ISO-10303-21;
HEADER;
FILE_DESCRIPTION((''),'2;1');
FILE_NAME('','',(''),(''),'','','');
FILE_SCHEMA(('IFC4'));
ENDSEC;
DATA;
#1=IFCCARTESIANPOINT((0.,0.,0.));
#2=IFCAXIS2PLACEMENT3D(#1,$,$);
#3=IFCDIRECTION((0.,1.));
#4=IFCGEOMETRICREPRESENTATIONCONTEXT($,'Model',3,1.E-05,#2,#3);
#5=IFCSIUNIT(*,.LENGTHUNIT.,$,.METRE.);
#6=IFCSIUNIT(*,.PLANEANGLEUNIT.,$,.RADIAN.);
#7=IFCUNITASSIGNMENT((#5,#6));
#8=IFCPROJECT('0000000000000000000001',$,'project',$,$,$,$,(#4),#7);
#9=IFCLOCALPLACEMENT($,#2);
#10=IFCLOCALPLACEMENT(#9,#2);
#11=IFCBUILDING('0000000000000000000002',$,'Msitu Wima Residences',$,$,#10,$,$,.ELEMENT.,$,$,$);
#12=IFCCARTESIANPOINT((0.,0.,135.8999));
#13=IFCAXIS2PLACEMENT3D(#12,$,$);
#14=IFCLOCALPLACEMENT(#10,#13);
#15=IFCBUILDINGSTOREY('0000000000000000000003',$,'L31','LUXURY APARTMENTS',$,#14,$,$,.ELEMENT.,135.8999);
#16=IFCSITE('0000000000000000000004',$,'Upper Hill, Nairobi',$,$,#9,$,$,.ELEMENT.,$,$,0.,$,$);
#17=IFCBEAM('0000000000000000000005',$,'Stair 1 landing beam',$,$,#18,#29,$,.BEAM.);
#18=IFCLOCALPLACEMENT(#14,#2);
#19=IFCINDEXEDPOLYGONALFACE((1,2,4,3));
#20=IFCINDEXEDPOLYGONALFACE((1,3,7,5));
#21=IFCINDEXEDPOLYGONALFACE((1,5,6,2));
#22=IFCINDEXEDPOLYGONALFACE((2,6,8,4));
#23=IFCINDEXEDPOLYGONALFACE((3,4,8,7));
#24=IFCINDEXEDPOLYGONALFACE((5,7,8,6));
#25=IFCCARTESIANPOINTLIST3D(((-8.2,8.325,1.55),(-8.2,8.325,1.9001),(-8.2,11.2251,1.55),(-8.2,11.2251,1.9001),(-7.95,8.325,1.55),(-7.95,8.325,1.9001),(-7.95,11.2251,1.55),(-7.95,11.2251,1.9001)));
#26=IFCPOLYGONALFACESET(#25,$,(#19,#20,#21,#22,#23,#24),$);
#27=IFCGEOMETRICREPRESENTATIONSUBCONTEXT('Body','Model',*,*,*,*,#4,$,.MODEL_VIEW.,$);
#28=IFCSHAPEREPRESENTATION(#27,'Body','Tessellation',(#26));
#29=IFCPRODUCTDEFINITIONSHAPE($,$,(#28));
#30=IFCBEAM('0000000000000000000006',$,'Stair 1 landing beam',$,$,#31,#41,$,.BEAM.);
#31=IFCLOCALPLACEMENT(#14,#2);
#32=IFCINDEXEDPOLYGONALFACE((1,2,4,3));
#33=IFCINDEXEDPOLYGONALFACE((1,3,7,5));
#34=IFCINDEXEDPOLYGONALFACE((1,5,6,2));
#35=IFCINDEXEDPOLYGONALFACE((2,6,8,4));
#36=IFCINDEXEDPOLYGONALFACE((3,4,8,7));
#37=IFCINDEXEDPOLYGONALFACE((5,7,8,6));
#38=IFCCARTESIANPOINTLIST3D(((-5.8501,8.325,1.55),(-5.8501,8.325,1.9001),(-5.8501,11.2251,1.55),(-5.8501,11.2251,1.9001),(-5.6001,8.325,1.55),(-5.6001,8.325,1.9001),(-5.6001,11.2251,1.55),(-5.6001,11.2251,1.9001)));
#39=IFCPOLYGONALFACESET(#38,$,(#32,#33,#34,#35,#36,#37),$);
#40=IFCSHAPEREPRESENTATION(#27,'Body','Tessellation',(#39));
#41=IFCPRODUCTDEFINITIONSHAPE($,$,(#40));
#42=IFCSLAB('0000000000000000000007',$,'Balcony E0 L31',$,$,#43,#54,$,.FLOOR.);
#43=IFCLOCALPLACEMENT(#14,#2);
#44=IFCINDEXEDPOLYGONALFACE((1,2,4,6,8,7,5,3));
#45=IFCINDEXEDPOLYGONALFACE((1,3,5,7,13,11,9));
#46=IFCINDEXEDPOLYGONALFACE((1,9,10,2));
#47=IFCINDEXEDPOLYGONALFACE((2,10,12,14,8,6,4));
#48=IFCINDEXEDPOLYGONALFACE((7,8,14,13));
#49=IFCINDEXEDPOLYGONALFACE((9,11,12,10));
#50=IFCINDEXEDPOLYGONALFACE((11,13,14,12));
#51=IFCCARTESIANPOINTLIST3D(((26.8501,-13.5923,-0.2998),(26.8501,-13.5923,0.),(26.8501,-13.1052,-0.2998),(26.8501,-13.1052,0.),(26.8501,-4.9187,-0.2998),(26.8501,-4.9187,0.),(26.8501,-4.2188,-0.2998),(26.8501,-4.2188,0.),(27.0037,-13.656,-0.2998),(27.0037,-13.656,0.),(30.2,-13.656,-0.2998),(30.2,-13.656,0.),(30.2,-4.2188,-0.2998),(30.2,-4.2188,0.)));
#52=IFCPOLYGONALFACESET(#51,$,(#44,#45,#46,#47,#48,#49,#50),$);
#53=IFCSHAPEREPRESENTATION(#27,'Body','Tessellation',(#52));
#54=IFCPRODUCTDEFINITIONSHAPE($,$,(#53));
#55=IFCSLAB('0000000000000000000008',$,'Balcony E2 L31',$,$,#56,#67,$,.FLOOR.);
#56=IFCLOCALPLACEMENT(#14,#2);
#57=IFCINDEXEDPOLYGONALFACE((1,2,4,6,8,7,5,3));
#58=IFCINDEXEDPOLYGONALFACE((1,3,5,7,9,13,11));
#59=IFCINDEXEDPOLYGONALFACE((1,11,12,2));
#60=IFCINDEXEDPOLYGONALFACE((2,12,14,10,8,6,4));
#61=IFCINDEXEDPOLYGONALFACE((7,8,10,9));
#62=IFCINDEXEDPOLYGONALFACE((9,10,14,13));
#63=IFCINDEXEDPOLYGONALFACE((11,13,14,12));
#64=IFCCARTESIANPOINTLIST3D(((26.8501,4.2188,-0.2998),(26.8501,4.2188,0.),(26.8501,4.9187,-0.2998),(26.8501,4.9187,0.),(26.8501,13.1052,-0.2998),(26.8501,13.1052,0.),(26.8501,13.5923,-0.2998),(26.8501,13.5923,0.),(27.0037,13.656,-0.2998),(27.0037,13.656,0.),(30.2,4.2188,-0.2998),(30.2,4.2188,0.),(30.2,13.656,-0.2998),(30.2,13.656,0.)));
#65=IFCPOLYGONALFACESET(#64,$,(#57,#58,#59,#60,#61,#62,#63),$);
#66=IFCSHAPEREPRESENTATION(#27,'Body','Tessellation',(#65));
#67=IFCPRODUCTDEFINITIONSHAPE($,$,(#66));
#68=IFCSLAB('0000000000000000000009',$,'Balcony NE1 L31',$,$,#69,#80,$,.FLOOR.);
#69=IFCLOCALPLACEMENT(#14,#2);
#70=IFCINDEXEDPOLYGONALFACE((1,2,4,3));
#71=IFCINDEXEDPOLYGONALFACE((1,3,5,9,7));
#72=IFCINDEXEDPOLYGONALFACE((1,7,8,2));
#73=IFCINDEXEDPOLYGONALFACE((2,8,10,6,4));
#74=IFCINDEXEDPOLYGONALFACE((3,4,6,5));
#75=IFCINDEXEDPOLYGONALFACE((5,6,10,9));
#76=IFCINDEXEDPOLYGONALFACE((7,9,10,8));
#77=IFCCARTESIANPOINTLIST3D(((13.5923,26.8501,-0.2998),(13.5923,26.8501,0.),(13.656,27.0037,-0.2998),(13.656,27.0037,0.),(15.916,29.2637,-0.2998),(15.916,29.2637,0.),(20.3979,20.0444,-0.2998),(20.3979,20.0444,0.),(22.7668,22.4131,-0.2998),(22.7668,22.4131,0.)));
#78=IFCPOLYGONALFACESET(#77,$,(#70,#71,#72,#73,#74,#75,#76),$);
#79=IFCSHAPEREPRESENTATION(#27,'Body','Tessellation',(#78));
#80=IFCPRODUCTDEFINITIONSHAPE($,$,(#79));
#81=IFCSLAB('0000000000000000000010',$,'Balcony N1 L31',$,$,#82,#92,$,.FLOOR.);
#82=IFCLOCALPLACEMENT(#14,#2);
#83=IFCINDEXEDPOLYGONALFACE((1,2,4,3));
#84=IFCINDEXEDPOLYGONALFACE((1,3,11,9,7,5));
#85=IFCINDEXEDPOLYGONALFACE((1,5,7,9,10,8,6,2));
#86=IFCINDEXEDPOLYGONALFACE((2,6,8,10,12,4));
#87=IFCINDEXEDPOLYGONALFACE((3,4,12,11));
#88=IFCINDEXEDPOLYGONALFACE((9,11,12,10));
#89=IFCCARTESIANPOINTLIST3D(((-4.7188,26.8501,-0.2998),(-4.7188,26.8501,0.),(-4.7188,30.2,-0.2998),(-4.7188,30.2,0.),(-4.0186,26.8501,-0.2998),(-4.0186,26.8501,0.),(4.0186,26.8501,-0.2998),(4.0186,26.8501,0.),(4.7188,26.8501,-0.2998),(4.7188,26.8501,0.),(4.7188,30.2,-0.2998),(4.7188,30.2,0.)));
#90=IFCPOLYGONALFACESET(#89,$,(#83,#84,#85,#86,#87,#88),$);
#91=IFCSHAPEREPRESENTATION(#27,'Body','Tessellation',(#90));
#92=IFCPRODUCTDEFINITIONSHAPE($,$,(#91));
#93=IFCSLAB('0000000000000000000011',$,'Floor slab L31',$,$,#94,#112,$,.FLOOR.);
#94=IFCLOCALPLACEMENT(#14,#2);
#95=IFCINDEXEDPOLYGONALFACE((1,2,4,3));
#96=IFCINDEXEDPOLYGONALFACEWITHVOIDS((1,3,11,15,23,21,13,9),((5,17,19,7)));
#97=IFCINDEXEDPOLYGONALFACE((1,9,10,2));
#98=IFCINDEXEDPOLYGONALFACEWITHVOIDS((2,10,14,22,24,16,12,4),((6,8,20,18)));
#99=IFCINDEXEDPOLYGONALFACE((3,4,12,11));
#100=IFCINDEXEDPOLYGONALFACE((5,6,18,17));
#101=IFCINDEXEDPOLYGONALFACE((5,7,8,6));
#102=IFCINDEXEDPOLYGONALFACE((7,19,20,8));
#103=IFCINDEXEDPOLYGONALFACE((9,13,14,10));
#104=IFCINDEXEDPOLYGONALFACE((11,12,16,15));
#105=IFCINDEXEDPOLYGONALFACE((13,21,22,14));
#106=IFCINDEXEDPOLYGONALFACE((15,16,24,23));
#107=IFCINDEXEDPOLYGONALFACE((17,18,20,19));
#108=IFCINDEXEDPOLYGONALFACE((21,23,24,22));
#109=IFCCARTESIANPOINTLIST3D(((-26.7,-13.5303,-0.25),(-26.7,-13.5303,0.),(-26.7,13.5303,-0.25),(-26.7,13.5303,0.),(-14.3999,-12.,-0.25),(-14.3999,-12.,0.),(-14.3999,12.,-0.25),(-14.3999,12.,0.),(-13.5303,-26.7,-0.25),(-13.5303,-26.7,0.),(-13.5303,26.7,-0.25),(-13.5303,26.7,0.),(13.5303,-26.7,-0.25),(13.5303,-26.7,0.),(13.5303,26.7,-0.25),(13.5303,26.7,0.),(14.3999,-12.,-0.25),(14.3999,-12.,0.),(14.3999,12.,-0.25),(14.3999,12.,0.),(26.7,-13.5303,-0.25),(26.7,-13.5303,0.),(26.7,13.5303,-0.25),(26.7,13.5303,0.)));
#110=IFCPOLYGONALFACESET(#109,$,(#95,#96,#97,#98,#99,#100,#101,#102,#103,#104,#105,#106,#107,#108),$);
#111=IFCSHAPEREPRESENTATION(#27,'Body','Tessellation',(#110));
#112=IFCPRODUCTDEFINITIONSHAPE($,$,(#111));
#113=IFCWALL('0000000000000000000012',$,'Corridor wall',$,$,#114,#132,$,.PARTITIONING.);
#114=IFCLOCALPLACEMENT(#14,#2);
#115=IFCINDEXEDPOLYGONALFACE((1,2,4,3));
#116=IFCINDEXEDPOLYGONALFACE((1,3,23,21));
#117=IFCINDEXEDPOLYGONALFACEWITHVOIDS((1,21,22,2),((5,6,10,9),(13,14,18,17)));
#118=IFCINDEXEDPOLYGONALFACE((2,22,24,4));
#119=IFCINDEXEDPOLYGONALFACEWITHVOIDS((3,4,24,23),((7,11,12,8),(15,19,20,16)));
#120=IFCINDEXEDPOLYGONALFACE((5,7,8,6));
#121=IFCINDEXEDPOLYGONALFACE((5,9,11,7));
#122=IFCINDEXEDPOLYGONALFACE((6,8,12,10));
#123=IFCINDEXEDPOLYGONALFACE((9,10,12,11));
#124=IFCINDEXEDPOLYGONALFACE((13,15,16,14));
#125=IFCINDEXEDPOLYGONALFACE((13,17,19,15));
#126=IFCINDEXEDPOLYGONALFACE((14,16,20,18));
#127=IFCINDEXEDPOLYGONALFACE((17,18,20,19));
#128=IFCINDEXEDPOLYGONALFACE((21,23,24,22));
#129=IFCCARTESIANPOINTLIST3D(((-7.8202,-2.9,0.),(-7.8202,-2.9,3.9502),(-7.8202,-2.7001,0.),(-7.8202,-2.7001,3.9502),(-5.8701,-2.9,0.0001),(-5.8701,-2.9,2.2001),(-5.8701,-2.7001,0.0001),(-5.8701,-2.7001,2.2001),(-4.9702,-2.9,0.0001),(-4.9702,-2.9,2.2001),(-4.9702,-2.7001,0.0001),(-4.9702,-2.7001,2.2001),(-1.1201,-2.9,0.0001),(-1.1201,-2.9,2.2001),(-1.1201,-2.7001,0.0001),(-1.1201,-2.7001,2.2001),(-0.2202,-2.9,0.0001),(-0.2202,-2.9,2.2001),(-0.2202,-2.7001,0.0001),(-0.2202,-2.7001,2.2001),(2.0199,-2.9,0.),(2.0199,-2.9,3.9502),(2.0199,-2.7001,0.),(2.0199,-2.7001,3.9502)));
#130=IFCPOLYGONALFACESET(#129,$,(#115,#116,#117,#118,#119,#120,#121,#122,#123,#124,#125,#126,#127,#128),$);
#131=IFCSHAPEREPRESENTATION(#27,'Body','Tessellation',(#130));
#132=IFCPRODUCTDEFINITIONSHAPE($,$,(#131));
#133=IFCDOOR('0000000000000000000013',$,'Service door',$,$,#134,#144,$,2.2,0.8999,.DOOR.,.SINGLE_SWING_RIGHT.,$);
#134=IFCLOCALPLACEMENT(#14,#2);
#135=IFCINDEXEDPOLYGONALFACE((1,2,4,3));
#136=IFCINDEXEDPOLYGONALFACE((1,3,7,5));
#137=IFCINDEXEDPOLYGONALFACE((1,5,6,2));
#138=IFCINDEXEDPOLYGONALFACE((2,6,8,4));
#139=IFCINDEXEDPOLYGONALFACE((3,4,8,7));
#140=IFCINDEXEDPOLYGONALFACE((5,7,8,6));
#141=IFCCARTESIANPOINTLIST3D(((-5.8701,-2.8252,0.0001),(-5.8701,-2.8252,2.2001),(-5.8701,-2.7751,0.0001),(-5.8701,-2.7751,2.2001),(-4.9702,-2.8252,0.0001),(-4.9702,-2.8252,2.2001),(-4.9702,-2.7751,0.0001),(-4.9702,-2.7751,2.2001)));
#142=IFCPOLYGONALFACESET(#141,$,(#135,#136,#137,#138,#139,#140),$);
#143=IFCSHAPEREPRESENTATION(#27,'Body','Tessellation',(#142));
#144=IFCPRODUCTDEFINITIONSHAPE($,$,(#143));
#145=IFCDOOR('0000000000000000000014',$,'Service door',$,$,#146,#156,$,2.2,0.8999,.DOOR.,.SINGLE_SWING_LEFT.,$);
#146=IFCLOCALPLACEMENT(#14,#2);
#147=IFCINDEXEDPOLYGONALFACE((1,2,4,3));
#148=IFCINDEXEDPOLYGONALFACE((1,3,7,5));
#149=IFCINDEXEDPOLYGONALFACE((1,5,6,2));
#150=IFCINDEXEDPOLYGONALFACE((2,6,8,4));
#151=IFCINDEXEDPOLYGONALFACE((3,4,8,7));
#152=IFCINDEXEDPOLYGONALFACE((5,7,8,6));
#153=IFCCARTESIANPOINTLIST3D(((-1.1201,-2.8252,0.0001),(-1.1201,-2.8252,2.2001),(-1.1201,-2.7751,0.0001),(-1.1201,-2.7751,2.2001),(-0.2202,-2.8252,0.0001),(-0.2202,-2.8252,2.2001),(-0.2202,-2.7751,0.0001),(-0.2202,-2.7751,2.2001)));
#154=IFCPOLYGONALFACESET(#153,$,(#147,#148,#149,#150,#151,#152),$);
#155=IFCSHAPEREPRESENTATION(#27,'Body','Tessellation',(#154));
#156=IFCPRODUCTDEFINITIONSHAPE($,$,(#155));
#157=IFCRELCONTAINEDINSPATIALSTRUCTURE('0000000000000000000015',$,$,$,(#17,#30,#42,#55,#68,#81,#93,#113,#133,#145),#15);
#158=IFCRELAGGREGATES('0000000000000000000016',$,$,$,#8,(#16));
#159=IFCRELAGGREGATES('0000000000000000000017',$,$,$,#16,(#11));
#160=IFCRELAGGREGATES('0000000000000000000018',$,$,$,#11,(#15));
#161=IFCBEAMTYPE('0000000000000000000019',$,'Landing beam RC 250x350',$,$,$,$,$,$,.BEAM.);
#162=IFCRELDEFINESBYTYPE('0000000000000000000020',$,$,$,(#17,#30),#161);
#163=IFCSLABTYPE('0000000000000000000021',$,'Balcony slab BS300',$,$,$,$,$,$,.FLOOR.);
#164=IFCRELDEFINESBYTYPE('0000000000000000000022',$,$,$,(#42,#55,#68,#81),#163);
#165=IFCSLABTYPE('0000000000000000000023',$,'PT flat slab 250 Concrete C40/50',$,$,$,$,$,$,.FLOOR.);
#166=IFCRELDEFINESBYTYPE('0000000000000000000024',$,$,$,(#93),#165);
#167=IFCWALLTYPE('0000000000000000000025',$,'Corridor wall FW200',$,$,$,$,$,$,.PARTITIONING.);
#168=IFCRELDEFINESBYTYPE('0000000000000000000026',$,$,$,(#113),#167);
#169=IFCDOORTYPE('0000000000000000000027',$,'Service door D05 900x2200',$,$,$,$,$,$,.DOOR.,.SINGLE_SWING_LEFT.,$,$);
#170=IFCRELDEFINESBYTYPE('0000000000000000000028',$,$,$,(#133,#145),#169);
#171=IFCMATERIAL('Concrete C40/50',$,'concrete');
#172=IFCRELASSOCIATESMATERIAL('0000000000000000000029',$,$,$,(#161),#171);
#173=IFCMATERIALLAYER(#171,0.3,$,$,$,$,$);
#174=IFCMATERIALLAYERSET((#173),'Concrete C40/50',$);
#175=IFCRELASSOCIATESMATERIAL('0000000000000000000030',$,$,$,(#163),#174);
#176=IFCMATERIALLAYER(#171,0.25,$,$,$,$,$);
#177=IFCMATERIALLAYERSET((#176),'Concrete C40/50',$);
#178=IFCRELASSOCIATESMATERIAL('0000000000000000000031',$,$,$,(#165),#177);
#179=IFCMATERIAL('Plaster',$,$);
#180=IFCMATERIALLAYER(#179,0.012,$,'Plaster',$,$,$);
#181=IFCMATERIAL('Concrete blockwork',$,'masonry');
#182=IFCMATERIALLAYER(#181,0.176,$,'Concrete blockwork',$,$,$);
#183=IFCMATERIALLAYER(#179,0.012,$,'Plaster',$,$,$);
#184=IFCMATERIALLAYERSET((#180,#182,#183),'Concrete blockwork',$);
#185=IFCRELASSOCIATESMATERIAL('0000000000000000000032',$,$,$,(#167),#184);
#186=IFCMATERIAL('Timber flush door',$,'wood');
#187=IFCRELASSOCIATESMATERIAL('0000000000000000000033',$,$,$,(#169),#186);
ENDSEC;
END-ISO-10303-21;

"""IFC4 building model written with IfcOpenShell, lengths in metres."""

from ifc_helpers import new_model, si_unit, direction, frame, frame_2d, origin, origin_2d, place, context, subcontext, project, spatial, polyline, rectangle, outline, extrude, material, layer, layer_set, material_profile, profile_set, type_object, element, fill, save


model = new_model("IFC4")

# Units and contexts
model_context = context("Model", 3, precision=1e-05, world=origin(), true_north=direction((0.0, 1.0)))
body_context = subcontext(model_context, "Body", "Model", "MODEL_VIEW")
ifc_project = project(units=[si_unit("LENGTHUNIT", "METRE"), si_unit("PLANEANGLEUNIT", "RADIAN")], contexts=[model_context])

# Site, building, storey
site_placement = place(None, origin())
site = spatial("IfcSite", under=ifc_project, at=site_placement, Name="Upper Hill, Nairobi", CompositionType="ELEMENT", RefElevation=0.0)
building_placement = place(site_placement, origin())
building = spatial("IfcBuilding", under=site, at=building_placement, Name="Msitu Wima Residences", CompositionType="ELEMENT")
storey_placement = place(building_placement, frame((0.0, 0.0, 135.8999)))
storey = spatial("IfcBuildingStorey", under=building, at=storey_placement, Name="L31", Description="LUXURY APARTMENTS", CompositionType="ELEMENT", Elevation=135.8999)

# Beams
ifc_material_1 = material(Name="Concrete C40/50", Category="concrete")
ifc_material_profile = material_profile(ifc_material_1, rectangle(XDim=0.25, YDim=0.3501, at=origin_2d()), Name="RC 250x350")
ifc_profile_set = profile_set([ifc_material_profile], Name="Concrete C40/50")
beam_type = type_object("IfcBeamType", Name="Landing beam RC 250x350", PredefinedType="BEAM", material=ifc_profile_set)
for number, where, z_axis, x_axis, name in (
    (1, (-8.075, 8.325, 1.7251), (0.0, 1.0, 0.0), (-1.0, 0.0, 0.0), "Stair 1 landing beam"),
    (2, (-5.7251, 8.325, 1.7251), (0.0, 1.0, 0.0), (-1.0, 0.0, 0.0), "Stair 1 landing beam"),
):
    element("IfcBeam", number, at=place(storey_placement, frame(where, z_axis=z_axis, x_axis=x_axis)), inside=storey, type_object=beam_type, Name=name, PredefinedType="BEAM", context=body_context, shape_type="SweptSolid", body=[
        extrude(rectangle(XDim=0.25, YDim=0.3501, at=origin_2d()), origin(), (0.0, 0.0, 1.0), 2.9001),
    ])

# Slabs
ifc_layer_1 = layer(ifc_material_1, 0.3)
ifc_layer_set_1 = layer_set([ifc_layer_1], Name="Concrete C40/50")
slab_type_1 = type_object("IfcSlabType", Name="Balcony slab BS300", PredefinedType="FLOOR", material=ifc_layer_set_1)
slab_1_placement = place(storey_placement, frame((0.0, 0.0, -0.2998)))
element("IfcSlab", 3, at=slab_1_placement, inside=storey, type_object=slab_type_1, Name="Balcony E0 L31", PredefinedType="FLOOR", context=body_context, shape_type="SweptSolid", body=[
    extrude(outline(polyline([(26.8501, -13.1052), (26.8501, -13.1052), (26.8501, -4.9187), (26.8501, -4.9187), (26.8501, -4.2188), (30.2, -4.2188), (30.2, -13.656), (27.0037, -13.656), (26.8501, -13.5923), (26.8501, -13.1052), (26.8501, -13.1052)])), origin(), (0.0, 0.0, 1.0), 0.2998),
])
slab_2_placement = place(storey_placement, frame((0.0, 0.0, -0.2998)))
element("IfcSlab", 4, at=slab_2_placement, inside=storey, type_object=slab_type_1, Name="Balcony E2 L31", PredefinedType="FLOOR", context=body_context, shape_type="SweptSolid", body=[
    extrude(outline(polyline([(26.8501, 13.1052), (26.8501, 13.1052), (26.8501, 13.5923), (27.0037, 13.656), (30.2, 13.656), (30.2, 4.2188), (26.8501, 4.2188), (26.8501, 4.9187), (26.8501, 4.9187), (26.8501, 13.1052), (26.8501, 13.1052)])), origin(), (0.0, 0.0, 1.0), 0.2998),
])
slab_3_placement = place(storey_placement, frame((0.0, 0.0, -0.2998)))
element("IfcSlab", 5, at=slab_3_placement, inside=storey, type_object=slab_type_1, Name="Balcony NE1 L31", PredefinedType="FLOOR", context=body_context, shape_type="SweptSolid", body=[
    extrude(outline(polyline([(15.916, 29.2637), (22.7668, 22.4131), (20.3979, 20.0444), (13.5923, 26.8501), (13.656, 27.0037), (15.916, 29.2637)])), origin(), (0.0, 0.0, 1.0), 0.2998),
])
slab_4_placement = place(storey_placement, frame((0.0, 0.0, -0.2998)))
element("IfcSlab", 6, at=slab_4_placement, inside=storey, type_object=slab_type_1, Name="Balcony N1 L31", PredefinedType="FLOOR", context=body_context, shape_type="SweptSolid", body=[
    extrude(outline(polyline([(-4.0186, 26.8501), (-4.0186, 26.8501), (-4.7188, 26.8501), (-4.7188, 30.2), (4.7188, 30.2), (4.7188, 26.8501), (4.0186, 26.8501), (4.0186, 26.8501), (-4.0186, 26.8501)])), origin(), (0.0, 0.0, 1.0), 0.2998),
])
ifc_layer_2 = layer(ifc_material_1, 0.25)
ifc_layer_set_2 = layer_set([ifc_layer_2], Name="Concrete C40/50")
slab_type_2 = type_object("IfcSlabType", Name="PT flat slab 250 Concrete C40/50", PredefinedType="FLOOR", material=ifc_layer_set_2)
slab_5_placement = place(storey_placement, frame((0.0, 0.0, -0.25)))
element("IfcSlab", 7, at=slab_5_placement, inside=storey, type_object=slab_type_2, Name="Floor slab L31", PredefinedType="FLOOR", context=body_context, shape_type="SweptSolid", body=[
    extrude(outline(polyline([(26.7, -13.5303), (13.5303, -26.7), (-13.5303, -26.7), (-26.7, -13.5303), (-26.7, 13.5303), (-13.5303, 26.7), (13.5303, 26.7), (26.7, 13.5303), (26.7, -13.5303)]), holes=[polyline([(-14.3999, -12.0), (14.3999, -12.0), (14.3999, 12.0), (-14.3999, 12.0), (-14.3999, -12.0)])]), origin(), (0.0, 0.0, 1.0), 0.25),
])

# Wall, openings, doors
ifc_material_2 = material(Name="Plaster")
ifc_layer_3 = layer(ifc_material_2, 0.012, Name="Plaster")
ifc_material_3 = material(Name="Concrete blockwork", Category="masonry")
ifc_layer_4 = layer(ifc_material_3, 0.176, Name="Concrete blockwork")
ifc_layer_5 = layer(ifc_material_2, 0.012, Name="Plaster")
ifc_layer_set_3 = layer_set([ifc_layer_3, ifc_layer_4, ifc_layer_5], Name="Concrete blockwork")
wall_type_1 = type_object("IfcWallType", Name="Corridor wall FW200", PredefinedType="PARTITIONING", material=ifc_layer_set_3)
wall_1_placement = place(storey_placement, frame((-7.8201, -2.8, 0.0), z_axis=(0.0, 0.0, 1.0), x_axis=(1.0, 0.0, 0.0)))
wall_1 = element("IfcWall", 8, at=wall_1_placement, inside=storey, type_object=wall_type_1, Name="Corridor wall", PredefinedType="PARTITIONING", context=body_context, shape_type="SweptSolid", body=[
    extrude(rectangle(XDim=9.8401, YDim=0.2, at=frame_2d((4.9199, 0.0))), origin(), (0.0, 0.0, 1.0), 3.9502),
])
opening_1_placement = place(wall_1_placement, frame((1.95, 0.0, 0.0)))
opening_1 = element("IfcOpeningElement", 9, at=opening_1_placement, cuts=wall_1, PredefinedType="OPENING", context=body_context, shape_type="SweptSolid", body=[
    extrude(rectangle(XDim=0.8999, YDim=2.2, at=frame_2d((0.45, 1.1001))), frame((0.0, 0.1099, 0.0), z_axis=(0.0, -1.0, 0.0), x_axis=(1.0, 0.0, 0.0)), (0.0, 0.0, 1.0), 0.22),
])
opening_2_placement = place(wall_1_placement, frame((6.7, 0.0, 0.0)))
opening_2 = element("IfcOpeningElement", 10, at=opening_2_placement, cuts=wall_1, PredefinedType="OPENING", context=body_context, shape_type="SweptSolid", body=[
    extrude(rectangle(XDim=0.8999, YDim=2.2, at=frame_2d((0.45, 1.1001))), frame((0.0, 0.1099, 0.0), z_axis=(0.0, -1.0, 0.0), x_axis=(1.0, 0.0, 0.0)), (0.0, 0.0, 1.0), 0.22),
])
ifc_material_4 = material(Name="Timber flush door", Category="wood")
door_type_1 = type_object("IfcDoorType", Name="Service door D05 900x2200", OperationType="SINGLE_SWING_LEFT", PredefinedType="DOOR", material=ifc_material_4)
door_1_placement = place(opening_1_placement, origin())
door_1 = element("IfcDoor", 11, at=door_1_placement, inside=storey, type_object=door_type_1, Name="Service door", OperationType="SINGLE_SWING_RIGHT", OverallHeight=2.2, OverallWidth=0.8999, PredefinedType="DOOR", context=body_context, shape_type="SweptSolid", body=[
    extrude(rectangle(XDim=0.8999, YDim=2.2, at=frame_2d((0.45, 1.1001))), frame((0.0, 0.0249, 0.0), z_axis=(0.0, -1.0, 0.0), x_axis=(1.0, 0.0, 0.0)), (0.0, 0.0, 1.0), 0.05),
])
fill(opening_1, door_1)
door_2_placement = place(opening_2_placement, origin())
door_2 = element("IfcDoor", 12, at=door_2_placement, inside=storey, type_object=door_type_1, Name="Service door", OperationType="SINGLE_SWING_LEFT", OverallHeight=2.2, OverallWidth=0.8999, PredefinedType="DOOR", context=body_context, shape_type="SweptSolid", body=[
    extrude(rectangle(XDim=0.8999, YDim=2.2, at=frame_2d((0.45, 1.1001))), frame((0.0, 0.0249, 0.0), z_axis=(0.0, -1.0, 0.0), x_axis=(1.0, 0.0, 0.0)), (0.0, 0.0, 1.0), 0.05),
])
fill(opening_2, door_2)

save(model, "model.ifc")
